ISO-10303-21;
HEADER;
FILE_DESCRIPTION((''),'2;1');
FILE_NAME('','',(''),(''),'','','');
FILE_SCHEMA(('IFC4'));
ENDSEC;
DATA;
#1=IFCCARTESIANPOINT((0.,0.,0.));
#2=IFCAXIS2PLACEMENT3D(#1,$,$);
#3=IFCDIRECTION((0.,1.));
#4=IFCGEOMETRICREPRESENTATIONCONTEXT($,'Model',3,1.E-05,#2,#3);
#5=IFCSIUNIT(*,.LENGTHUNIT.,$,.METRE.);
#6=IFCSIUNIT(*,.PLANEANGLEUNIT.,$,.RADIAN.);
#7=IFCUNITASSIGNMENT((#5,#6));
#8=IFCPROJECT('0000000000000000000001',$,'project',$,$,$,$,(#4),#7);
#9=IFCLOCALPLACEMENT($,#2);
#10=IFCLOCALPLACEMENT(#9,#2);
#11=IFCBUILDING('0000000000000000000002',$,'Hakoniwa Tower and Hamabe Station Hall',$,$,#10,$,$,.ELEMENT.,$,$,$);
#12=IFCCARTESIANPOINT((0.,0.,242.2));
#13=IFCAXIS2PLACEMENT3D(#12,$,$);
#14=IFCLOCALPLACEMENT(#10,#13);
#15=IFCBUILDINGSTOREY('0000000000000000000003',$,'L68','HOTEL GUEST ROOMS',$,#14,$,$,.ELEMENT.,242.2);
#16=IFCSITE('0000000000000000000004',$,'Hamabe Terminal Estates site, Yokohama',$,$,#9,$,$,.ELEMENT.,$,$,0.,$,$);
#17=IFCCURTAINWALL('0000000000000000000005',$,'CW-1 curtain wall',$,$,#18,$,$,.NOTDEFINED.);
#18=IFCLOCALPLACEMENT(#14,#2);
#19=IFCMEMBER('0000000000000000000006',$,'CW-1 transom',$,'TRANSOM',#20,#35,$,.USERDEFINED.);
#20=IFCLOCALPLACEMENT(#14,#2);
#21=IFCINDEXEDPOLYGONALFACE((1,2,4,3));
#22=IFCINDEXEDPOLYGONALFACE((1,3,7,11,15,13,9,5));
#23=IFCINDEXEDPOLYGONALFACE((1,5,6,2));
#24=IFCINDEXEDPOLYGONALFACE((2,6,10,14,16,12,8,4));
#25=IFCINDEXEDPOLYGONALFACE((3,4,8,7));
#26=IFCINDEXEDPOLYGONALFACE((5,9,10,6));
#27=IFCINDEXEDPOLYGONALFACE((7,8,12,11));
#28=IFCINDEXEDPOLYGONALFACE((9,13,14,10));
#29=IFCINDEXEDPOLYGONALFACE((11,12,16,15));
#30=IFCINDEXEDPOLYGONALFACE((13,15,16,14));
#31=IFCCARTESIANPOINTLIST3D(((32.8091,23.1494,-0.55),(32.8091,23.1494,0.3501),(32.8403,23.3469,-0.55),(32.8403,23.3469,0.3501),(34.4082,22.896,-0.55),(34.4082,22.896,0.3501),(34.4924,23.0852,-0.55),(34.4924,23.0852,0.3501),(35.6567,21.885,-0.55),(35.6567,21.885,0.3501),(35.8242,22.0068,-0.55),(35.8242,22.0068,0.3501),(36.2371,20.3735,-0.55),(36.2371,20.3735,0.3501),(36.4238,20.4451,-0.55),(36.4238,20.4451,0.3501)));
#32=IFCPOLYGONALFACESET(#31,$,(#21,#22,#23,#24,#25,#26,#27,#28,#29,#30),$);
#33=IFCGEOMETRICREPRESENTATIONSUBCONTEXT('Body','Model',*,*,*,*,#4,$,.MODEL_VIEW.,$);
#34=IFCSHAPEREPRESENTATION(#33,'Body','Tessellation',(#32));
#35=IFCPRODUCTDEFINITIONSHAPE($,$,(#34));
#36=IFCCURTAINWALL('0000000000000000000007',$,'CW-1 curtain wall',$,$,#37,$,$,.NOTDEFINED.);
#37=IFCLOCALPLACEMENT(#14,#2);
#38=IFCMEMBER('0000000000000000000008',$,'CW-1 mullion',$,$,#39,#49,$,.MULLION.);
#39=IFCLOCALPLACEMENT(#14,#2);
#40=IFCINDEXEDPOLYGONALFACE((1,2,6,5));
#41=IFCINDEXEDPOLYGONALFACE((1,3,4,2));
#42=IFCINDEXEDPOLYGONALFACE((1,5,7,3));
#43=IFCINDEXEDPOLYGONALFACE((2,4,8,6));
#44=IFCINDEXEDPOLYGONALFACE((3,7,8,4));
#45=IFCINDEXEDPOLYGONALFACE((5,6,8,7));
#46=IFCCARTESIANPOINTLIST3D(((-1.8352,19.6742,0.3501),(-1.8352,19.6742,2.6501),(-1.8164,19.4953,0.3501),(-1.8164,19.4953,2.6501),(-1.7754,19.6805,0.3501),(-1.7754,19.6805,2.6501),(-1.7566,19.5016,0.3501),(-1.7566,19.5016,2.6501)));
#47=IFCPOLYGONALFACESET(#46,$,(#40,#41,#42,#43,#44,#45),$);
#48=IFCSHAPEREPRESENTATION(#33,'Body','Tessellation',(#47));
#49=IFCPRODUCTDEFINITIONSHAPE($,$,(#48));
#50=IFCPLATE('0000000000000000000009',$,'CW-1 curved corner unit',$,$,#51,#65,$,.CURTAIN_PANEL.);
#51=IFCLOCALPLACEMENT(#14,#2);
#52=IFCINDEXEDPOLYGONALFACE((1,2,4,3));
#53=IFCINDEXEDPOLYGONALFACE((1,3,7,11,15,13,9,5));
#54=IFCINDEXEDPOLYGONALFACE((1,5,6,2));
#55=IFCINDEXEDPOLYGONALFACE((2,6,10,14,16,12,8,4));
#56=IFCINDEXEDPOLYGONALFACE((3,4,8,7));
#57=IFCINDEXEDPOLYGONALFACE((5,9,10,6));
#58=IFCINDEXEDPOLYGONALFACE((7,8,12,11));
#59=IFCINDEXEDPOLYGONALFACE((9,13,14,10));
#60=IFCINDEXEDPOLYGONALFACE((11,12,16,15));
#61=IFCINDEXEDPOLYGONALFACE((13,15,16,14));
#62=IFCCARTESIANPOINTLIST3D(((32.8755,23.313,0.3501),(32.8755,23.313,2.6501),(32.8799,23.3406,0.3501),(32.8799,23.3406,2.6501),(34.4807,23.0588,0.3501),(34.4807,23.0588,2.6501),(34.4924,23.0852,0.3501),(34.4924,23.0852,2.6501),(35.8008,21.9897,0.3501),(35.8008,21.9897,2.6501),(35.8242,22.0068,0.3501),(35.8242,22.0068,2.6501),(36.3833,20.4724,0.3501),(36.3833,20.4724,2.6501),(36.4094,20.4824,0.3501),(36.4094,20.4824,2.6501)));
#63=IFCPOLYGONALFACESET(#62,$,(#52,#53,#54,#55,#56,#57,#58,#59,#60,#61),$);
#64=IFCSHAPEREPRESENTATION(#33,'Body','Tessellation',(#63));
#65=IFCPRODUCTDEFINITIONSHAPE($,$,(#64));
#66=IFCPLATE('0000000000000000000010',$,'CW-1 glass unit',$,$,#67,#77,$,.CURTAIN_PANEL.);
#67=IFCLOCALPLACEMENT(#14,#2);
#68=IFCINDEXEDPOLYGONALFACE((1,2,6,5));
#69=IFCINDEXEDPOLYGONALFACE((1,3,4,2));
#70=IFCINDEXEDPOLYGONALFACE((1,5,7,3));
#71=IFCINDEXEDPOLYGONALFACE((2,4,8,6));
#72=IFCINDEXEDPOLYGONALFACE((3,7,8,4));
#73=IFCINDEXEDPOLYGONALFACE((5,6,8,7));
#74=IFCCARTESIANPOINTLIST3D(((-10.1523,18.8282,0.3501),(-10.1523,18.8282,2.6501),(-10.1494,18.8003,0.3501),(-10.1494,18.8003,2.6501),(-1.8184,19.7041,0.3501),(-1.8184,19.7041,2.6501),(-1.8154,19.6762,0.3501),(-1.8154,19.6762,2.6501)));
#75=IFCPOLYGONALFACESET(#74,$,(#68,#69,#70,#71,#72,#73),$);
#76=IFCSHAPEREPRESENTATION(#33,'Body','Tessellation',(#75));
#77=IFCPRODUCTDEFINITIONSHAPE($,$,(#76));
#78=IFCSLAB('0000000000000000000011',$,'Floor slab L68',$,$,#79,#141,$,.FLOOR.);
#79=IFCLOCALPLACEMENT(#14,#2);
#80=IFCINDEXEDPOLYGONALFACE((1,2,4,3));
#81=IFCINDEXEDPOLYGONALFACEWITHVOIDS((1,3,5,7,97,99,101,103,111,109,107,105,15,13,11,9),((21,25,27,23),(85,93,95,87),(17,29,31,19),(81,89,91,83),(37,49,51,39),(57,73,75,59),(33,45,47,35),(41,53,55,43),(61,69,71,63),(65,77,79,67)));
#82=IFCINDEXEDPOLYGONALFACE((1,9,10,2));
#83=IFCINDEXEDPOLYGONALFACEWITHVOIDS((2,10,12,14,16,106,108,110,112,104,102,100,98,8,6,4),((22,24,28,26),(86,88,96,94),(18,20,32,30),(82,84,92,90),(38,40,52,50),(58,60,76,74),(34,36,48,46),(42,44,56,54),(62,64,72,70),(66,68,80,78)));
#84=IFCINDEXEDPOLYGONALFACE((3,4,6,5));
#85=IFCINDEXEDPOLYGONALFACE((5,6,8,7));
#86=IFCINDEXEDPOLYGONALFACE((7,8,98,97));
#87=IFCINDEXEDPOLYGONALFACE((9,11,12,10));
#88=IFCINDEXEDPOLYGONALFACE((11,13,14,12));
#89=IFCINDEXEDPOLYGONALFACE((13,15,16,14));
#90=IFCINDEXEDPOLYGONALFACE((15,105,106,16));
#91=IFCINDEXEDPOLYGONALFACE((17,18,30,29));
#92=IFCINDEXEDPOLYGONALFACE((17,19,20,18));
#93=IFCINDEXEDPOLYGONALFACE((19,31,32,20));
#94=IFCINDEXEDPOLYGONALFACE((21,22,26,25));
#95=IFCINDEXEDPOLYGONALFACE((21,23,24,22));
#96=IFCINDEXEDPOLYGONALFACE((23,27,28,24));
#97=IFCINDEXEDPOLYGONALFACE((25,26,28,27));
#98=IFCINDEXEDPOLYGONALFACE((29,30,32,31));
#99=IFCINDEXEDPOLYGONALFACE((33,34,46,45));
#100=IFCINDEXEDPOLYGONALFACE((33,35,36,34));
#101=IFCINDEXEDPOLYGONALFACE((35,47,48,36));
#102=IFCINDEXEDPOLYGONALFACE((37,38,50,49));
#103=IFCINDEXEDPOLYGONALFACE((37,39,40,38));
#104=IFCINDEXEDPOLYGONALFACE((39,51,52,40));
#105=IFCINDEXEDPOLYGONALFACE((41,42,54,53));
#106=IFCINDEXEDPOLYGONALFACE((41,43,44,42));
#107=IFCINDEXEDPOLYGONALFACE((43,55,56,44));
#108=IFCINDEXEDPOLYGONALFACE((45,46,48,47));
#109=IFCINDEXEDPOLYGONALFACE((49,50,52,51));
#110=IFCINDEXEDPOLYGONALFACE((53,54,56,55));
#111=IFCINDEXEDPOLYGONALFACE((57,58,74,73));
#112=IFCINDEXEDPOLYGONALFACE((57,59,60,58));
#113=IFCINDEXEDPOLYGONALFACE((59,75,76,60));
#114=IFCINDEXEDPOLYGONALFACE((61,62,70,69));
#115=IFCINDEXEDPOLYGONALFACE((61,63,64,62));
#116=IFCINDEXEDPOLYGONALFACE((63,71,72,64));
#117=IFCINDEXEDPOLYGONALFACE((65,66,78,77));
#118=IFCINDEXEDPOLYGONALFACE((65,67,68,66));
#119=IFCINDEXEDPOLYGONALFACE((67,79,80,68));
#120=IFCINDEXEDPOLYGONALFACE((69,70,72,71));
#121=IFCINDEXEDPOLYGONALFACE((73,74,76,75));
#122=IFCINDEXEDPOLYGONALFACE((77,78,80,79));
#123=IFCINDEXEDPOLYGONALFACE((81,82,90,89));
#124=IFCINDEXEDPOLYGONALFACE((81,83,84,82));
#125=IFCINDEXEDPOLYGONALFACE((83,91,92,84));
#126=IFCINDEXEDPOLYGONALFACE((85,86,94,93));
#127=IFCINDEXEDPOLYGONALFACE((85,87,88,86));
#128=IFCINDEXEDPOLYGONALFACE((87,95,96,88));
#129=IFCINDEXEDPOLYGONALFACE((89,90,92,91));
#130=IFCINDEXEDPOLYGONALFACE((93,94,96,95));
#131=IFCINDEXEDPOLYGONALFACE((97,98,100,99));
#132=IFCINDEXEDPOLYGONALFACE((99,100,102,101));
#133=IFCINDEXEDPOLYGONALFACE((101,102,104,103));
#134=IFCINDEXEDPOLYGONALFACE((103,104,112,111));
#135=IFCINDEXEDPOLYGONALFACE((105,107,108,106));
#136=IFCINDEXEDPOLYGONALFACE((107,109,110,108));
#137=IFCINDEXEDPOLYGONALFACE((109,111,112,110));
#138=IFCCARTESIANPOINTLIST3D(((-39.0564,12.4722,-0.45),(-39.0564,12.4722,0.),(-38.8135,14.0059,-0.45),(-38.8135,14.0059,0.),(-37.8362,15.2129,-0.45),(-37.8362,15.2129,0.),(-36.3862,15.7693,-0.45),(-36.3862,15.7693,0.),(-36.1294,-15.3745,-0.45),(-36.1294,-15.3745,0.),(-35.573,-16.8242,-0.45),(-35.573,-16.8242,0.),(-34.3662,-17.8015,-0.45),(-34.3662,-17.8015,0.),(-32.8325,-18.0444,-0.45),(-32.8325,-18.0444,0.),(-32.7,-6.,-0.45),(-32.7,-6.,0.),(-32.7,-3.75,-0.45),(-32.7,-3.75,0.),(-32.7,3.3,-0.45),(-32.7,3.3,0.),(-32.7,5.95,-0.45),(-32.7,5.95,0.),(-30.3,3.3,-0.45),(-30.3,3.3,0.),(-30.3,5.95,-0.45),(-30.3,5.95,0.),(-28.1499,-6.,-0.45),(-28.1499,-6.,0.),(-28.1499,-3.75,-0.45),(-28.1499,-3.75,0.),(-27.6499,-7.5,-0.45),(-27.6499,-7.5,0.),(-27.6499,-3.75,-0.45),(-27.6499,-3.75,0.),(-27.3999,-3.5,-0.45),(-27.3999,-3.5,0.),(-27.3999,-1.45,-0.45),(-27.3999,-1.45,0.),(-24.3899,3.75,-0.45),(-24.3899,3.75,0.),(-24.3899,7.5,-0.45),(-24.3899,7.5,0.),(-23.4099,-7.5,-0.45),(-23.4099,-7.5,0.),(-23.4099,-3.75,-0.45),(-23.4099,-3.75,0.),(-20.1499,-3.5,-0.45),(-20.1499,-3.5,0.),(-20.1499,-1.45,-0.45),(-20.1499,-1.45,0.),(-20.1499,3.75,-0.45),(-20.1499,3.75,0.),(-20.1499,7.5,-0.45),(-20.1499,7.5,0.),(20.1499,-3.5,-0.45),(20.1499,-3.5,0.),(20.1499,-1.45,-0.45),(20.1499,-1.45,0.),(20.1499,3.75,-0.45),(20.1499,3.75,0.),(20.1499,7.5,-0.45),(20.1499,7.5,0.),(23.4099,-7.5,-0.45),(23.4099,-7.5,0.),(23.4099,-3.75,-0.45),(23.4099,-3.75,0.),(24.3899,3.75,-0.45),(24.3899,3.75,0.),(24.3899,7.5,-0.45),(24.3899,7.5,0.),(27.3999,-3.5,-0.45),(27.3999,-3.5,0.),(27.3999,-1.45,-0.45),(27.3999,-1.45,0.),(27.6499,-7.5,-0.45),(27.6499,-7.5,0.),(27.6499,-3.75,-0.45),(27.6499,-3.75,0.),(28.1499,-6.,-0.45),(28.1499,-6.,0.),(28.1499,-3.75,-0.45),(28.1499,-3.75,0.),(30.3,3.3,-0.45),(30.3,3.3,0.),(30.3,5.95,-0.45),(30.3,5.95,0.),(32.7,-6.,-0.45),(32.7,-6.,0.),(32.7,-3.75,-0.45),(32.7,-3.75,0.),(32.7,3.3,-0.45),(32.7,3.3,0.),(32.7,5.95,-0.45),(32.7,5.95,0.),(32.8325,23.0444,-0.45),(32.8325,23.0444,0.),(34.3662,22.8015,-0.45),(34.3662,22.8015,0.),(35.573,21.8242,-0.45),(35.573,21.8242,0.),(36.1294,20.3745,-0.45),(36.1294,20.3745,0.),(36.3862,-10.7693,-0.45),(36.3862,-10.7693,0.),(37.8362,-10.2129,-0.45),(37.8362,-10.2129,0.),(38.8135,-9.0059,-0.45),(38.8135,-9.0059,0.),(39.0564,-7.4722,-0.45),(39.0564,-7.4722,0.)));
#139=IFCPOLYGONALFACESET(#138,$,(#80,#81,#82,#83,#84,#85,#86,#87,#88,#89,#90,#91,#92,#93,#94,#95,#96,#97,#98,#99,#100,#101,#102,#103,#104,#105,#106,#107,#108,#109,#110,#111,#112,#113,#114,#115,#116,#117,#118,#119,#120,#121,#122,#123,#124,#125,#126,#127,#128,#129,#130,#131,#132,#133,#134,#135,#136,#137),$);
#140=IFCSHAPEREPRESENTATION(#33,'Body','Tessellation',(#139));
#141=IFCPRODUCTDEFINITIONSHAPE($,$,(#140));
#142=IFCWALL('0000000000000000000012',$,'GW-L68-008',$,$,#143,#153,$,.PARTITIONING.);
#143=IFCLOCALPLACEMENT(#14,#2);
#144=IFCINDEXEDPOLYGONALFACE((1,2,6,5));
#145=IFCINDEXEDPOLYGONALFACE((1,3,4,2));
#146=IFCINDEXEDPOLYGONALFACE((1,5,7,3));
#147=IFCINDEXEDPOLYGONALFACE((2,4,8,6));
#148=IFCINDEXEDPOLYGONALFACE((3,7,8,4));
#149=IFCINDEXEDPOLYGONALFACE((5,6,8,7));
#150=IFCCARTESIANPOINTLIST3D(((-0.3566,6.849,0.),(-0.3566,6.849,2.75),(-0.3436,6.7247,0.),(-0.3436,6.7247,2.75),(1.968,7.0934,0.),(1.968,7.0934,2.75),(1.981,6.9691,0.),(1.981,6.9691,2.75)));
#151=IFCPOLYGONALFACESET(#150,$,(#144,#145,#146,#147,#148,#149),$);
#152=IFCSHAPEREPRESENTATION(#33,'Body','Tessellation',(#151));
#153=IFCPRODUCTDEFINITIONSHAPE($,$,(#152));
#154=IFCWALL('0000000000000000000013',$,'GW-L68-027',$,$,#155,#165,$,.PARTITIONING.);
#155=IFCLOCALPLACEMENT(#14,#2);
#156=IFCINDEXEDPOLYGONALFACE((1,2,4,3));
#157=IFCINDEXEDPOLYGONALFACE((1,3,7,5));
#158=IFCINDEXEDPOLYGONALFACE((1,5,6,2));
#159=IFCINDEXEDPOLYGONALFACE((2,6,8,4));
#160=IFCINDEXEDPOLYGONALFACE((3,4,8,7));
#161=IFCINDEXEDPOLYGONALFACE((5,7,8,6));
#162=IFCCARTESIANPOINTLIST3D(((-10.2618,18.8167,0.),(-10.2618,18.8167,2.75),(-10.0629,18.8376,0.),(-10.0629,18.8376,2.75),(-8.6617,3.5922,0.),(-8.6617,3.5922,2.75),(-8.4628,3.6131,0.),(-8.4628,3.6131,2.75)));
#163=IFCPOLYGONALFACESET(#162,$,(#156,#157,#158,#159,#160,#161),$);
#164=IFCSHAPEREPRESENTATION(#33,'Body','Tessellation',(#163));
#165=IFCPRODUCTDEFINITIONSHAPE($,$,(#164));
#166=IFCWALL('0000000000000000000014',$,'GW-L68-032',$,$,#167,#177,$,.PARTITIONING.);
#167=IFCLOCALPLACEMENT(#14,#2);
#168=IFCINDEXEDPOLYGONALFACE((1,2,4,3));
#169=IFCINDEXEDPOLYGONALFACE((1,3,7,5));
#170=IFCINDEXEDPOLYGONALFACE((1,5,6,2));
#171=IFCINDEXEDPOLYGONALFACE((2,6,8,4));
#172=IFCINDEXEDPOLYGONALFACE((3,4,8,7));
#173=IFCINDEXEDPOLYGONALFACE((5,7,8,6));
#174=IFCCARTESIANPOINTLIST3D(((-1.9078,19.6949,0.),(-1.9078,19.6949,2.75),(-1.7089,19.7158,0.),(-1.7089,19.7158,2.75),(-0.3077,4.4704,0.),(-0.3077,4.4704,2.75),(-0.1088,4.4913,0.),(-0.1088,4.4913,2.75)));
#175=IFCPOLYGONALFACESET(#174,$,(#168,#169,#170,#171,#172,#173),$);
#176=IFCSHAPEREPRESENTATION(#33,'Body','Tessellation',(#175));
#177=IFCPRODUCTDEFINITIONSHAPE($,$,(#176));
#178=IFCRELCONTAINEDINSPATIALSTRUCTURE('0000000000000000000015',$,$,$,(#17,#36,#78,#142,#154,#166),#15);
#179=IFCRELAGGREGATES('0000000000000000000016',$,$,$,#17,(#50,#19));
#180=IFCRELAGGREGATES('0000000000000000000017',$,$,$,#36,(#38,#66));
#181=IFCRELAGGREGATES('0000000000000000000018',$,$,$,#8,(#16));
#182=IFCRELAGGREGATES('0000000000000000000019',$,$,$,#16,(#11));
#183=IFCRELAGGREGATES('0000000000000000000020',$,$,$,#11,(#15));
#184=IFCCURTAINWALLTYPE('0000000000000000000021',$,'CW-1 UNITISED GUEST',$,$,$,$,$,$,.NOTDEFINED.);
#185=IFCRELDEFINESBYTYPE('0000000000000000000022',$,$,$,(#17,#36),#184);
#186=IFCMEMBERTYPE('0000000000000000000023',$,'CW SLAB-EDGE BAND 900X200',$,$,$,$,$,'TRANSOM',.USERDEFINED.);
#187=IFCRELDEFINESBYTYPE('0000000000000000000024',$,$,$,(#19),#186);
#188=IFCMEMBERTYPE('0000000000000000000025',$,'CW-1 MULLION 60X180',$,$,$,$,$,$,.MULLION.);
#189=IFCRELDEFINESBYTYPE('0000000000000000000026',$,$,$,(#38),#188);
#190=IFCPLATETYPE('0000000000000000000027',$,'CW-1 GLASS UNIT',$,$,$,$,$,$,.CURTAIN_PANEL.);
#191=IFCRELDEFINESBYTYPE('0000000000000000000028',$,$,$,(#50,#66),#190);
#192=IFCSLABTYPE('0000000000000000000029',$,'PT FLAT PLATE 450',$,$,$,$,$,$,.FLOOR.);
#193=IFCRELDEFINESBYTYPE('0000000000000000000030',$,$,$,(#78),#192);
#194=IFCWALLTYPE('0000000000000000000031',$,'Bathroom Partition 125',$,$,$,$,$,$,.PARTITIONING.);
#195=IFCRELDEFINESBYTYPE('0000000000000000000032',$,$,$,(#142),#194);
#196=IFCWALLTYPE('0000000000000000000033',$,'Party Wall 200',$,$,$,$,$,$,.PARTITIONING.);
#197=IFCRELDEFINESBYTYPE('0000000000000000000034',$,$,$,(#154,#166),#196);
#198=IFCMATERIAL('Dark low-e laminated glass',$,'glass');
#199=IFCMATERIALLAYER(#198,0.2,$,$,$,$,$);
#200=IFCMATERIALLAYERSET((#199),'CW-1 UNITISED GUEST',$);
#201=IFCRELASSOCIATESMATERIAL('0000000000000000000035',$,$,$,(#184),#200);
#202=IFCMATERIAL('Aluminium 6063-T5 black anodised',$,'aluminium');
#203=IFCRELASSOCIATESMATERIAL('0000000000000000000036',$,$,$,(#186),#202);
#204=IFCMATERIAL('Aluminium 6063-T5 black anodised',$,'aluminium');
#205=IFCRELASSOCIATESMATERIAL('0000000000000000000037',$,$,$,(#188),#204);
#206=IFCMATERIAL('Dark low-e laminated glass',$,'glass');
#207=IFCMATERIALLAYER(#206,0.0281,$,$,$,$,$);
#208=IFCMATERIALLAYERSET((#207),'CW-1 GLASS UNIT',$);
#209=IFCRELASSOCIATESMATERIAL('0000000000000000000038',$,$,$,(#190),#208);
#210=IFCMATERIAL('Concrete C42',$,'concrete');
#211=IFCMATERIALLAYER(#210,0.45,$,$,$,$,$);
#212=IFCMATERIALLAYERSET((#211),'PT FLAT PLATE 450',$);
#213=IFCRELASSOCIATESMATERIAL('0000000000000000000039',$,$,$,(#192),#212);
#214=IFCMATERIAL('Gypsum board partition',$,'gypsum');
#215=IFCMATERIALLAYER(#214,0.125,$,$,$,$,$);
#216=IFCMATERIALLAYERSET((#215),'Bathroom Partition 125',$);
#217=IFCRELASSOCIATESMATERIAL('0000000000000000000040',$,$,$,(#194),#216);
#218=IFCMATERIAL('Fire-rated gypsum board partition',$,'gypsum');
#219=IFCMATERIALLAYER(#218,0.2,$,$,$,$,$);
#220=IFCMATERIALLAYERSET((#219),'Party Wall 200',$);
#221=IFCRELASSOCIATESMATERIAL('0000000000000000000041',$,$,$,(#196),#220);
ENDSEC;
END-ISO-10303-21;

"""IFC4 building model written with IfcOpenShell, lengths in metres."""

from ifc_helpers import new_model, si_unit, direction, frame, frame_2d, origin, origin_2d, place, context, subcontext, project, spatial, polyline, rectangle, outline, extrude, material, layer, layer_set, material_profile, profile_set, type_object, element, aggregate, save


model = new_model("IFC4")

# Units and contexts
model_context = context("Model", 3, precision=1e-05, world=origin(), true_north=direction((0.0, 1.0)))
body_context = subcontext(model_context, "Body", "Model", "MODEL_VIEW")
ifc_project = project(units=[si_unit("LENGTHUNIT", "METRE"), si_unit("PLANEANGLEUNIT", "RADIAN")], contexts=[model_context])

# Site, building, storey
site_placement = place(None, origin())
site = spatial("IfcSite", under=ifc_project, at=site_placement, Name="Hamabe Terminal Estates site, Yokohama", CompositionType="ELEMENT", RefElevation=0.0)
building_placement = place(site_placement, origin())
building = spatial("IfcBuilding", under=site, at=building_placement, Name="Hakoniwa Tower and Hamabe Station Hall", CompositionType="ELEMENT")
storey_placement = place(building_placement, frame((0.0, 0.0, 242.2)))
storey = spatial("IfcBuildingStorey", under=building, at=storey_placement, Name="L68", Description="HOTEL GUEST ROOMS", CompositionType="ELEMENT", Elevation=242.2)

# Curtain walls, members
ifc_material_1 = material(Name="Dark low-e laminated glass", Category="glass")
ifc_layer_1 = layer(ifc_material_1, 0.2)
ifc_layer_set_1 = layer_set([ifc_layer_1], Name="CW-1 UNITISED GUEST")
curtain_wall_type = type_object("IfcCurtainWallType", Name="CW-1 UNITISED GUEST", PredefinedType="NOTDEFINED", material=ifc_layer_set_1)
curtain_wall_1_placement = place(storey_placement, origin())
curtain_wall_1 = element("IfcCurtainWall", 1, at=curtain_wall_1_placement, inside=storey, type_object=curtain_wall_type, Name="CW-1 curtain wall", PredefinedType="NOTDEFINED")
ifc_material_2 = material(Name="Aluminium 6063-T5 black anodised", Category="aluminium")
ifc_material_profile_1 = material_profile(ifc_material_2, rectangle(XDim=0.2, YDim=0.8999, at=origin_2d()), Name="CW SLAB-EDGE BAND 900X200")
ifc_profile_set_1 = profile_set([ifc_material_profile_1], Name="Aluminium 6063-T5 black anodised")
member_type_1 = type_object("IfcMemberType", Name="CW SLAB-EDGE BAND 900X200", ElementType="TRANSOM", PredefinedType="USERDEFINED", material=ifc_profile_set_1)
member_1_placement = place(storey_placement, frame((0.0, 0.0, -0.55)))
member_1 = element("IfcMember", 2, at=member_1_placement, type_object=member_type_1, Name="CW-1 transom", ObjectType="TRANSOM", PredefinedType="USERDEFINED", context=body_context, shape_type="SweptSolid", body=[
    extrude(outline(polyline([(36.4238, 20.4451), (35.8242, 22.0068), (34.4924, 23.0852), (32.8403, 23.3469), (32.8091, 23.1494), (34.4082, 22.896), (35.6567, 21.885), (36.2371, 20.3735), (36.4238, 20.4451)])), origin(), (0.0, 0.0, 1.0), 0.9001),
])
curtain_wall_2_placement = place(storey_placement, origin())
curtain_wall_2 = element("IfcCurtainWall", 3, at=curtain_wall_2_placement, inside=storey, type_object=curtain_wall_type, Name="CW-1 curtain wall", PredefinedType="NOTDEFINED")
ifc_material_3 = material(Name="Aluminium 6063-T5 black anodised", Category="aluminium")
ifc_material_profile_2 = material_profile(ifc_material_3, rectangle(XDim=0.0601, YDim=0.1799, at=origin_2d()), Name="CW-1 MULLION 60X180")
ifc_profile_set_2 = profile_set([ifc_material_profile_2], Name="Aluminium 6063-T5 black anodised")
member_type_2 = type_object("IfcMemberType", Name="CW-1 MULLION 60X180", PredefinedType="MULLION", material=ifc_profile_set_2)
member_2_placement = place(storey_placement, frame((-1.7959, 19.5879, 0.3501), z_axis=(0.0, 0.0, 1.0), x_axis=(-0.994522, -0.104528, 0.0)))
member_2 = element("IfcMember", 4, at=member_2_placement, type_object=member_type_2, Name="CW-1 mullion", PredefinedType="MULLION", context=body_context, shape_type="SweptSolid", body=[
    extrude(rectangle(XDim=0.0601, YDim=0.1799, at=origin_2d()), origin(), (0.0, 0.0, 1.0), 2.3),
])

# Plates
ifc_material_4 = material(Name="Dark low-e laminated glass", Category="glass")
ifc_layer_2 = layer(ifc_material_4, 0.0281)
ifc_layer_set_2 = layer_set([ifc_layer_2], Name="CW-1 GLASS UNIT")
plate_type = type_object("IfcPlateType", Name="CW-1 GLASS UNIT", PredefinedType="CURTAIN_PANEL", material=ifc_layer_set_2)
plate_1_placement = place(storey_placement, frame((0.0, 0.0, 0.3501)))
plate_1 = element("IfcPlate", 5, at=plate_1_placement, type_object=plate_type, Name="CW-1 curved corner unit", PredefinedType="CURTAIN_PANEL", context=body_context, shape_type="SweptSolid", body=[
    extrude(outline(polyline([(36.4094, 20.4824), (35.8242, 22.0068), (34.4924, 23.0852), (32.8799, 23.3406), (32.8755, 23.313), (34.4807, 23.0588), (35.8008, 21.9897), (36.3833, 20.4724), (36.4094, 20.4824)])), origin(), (0.0, 0.0, 1.0), 2.3),
])
aggregate(curtain_wall_1, [plate_1, member_1])
plate_2_placement = place(storey_placement, frame((-5.9839, 19.2522, 0.3501), z_axis=(0.0, 0.0, 1.0), x_axis=(-0.994522, -0.104528, 0.0)))
plate_2 = element("IfcPlate", 6, at=plate_2_placement, type_object=plate_type, Name="CW-1 glass unit", PredefinedType="CURTAIN_PANEL", context=body_context, shape_type="SweptSolid", body=[
    extrude(rectangle(XDim=8.3799, YDim=0.0281, at=origin_2d()), origin(), (0.0, 0.0, 1.0), 2.3),
])
aggregate(curtain_wall_2, [member_2, plate_2])

# Slab
ifc_material_5 = material(Name="Concrete C42", Category="concrete")
ifc_layer_3 = layer(ifc_material_5, 0.45)
ifc_layer_set_3 = layer_set([ifc_layer_3], Name="PT FLAT PLATE 450")
slab_type = type_object("IfcSlabType", Name="PT FLAT PLATE 450", PredefinedType="FLOOR", material=ifc_layer_set_3)
slab_placement = place(storey_placement, frame((0.0, 0.0, -0.45)))
element("IfcSlab", 7, at=slab_placement, inside=storey, type_object=slab_type, Name="Floor slab L68", PredefinedType="FLOOR", context=body_context, shape_type="SweptSolid", body=[
    extrude(outline(polyline([(39.0564, -7.4722), (36.1294, 20.3745), (35.573, 21.8242), (34.3662, 22.8015), (32.8325, 23.0444), (-36.3862, 15.7693), (-37.8362, 15.2129), (-38.8135, 14.0059), (-39.0564, 12.4722), (-36.1294, -15.3745), (-35.573, -16.8242), (-34.3662, -17.8015), (-32.8325, -18.0444), (36.3862, -10.7693), (37.8362, -10.2129), (38.8135, -9.0059), (39.0564, -7.4722)]), holes=[polyline([(-27.3999, -3.5), (-27.3999, -1.45), (-20.1499, -1.45), (-20.1499, -3.5), (-27.3999, -3.5)]), polyline([(-32.7, 3.3), (-32.7, 5.95), (-30.3, 5.95), (-30.3, 3.3), (-32.7, 3.3)]), polyline([(-32.7, -6.0), (-32.7, -3.75), (-28.1499, -3.75), (-28.1499, -6.0), (-32.7, -6.0)]), polyline([(-24.3899, 3.75), (-24.3899, 7.5), (-20.1499, 7.5), (-20.1499, 3.75), (-24.3899, 3.75)]), polyline([(-27.6499, -7.5), (-27.6499, -3.75), (-23.4099, -3.75), (-23.4099, -7.5), (-27.6499, -7.5)]), polyline([(20.1499, -3.5), (20.1499, -1.45), (27.3999, -1.45), (27.3999, -3.5), (20.1499, -3.5)]), polyline([(30.3, 3.3), (30.3, 5.95), (32.7, 5.95), (32.7, 3.3), (30.3, 3.3)]), polyline([(28.1499, -6.0), (28.1499, -3.75), (32.7, -3.75), (32.7, -6.0), (28.1499, -6.0)]), polyline([(20.1499, 3.75), (20.1499, 7.5), (24.3899, 7.5), (24.3899, 3.75), (20.1499, 3.75)]), polyline([(23.4099, -7.5), (23.4099, -3.75), (27.6499, -3.75), (27.6499, -7.5), (23.4099, -7.5)])]), origin(), (0.0, 0.0, 1.0), 0.45),
])

# Walls
ifc_material_6 = material(Name="Gypsum board partition", Category="gypsum")
ifc_layer_4 = layer(ifc_material_6, 0.125)
ifc_layer_set_4 = layer_set([ifc_layer_4], Name="Bathroom Partition 125")
wall_type_1 = type_object("IfcWallType", Name="Bathroom Partition 125", PredefinedType="PARTITIONING", material=ifc_layer_set_4)
wall_placement = place(storey_placement, frame((-0.3501, 6.7869, 0.0), z_axis=(0.0, 0.0, 1.0), x_axis=(0.99452, 0.104549, 0.0)))
element("IfcWall", 8, at=wall_placement, inside=storey, type_object=wall_type_1, Name="GW-L68-008", PredefinedType="PARTITIONING", context=body_context, shape_type="SweptSolid", body=[
    extrude(rectangle(XDim=2.3374, YDim=0.125, at=frame_2d((1.1687, 0.0))), origin(), (0.0, 0.0, 1.0), 2.75),
])
ifc_material_7 = material(Name="Fire-rated gypsum board partition", Category="gypsum")
ifc_layer_5 = layer(ifc_material_7, 0.2)
ifc_layer_set_5 = layer_set([ifc_layer_5], Name="Party Wall 200")
wall_type_2 = type_object("IfcWallType", Name="Party Wall 200", PredefinedType="PARTITIONING", material=ifc_layer_set_5)
for number, where, z_axis, x_axis, name in (
    (9, (-8.5623, 3.6025, 0.0), (0.0, 0.0, 1.0), (-0.104524, 0.994522, 0.0), "GW-L68-027"),
    (10, (-0.2083, 4.4807, 0.0), (0.0, 0.0, 1.0), (-0.104524, 0.994522, 0.0), "GW-L68-032"),
):
    element("IfcWall", number, at=place(storey_placement, frame(where, z_axis=z_axis, x_axis=x_axis)), inside=storey, type_object=wall_type_2, Name=name, PredefinedType="PARTITIONING", context=body_context, shape_type="SweptSolid", body=[
        extrude(rectangle(XDim=15.3083, YDim=0.2, at=frame_2d((7.6543, 0.0))), origin(), (0.0, 0.0, 1.0), 2.75),
    ])

save(model, "model.ifc")
